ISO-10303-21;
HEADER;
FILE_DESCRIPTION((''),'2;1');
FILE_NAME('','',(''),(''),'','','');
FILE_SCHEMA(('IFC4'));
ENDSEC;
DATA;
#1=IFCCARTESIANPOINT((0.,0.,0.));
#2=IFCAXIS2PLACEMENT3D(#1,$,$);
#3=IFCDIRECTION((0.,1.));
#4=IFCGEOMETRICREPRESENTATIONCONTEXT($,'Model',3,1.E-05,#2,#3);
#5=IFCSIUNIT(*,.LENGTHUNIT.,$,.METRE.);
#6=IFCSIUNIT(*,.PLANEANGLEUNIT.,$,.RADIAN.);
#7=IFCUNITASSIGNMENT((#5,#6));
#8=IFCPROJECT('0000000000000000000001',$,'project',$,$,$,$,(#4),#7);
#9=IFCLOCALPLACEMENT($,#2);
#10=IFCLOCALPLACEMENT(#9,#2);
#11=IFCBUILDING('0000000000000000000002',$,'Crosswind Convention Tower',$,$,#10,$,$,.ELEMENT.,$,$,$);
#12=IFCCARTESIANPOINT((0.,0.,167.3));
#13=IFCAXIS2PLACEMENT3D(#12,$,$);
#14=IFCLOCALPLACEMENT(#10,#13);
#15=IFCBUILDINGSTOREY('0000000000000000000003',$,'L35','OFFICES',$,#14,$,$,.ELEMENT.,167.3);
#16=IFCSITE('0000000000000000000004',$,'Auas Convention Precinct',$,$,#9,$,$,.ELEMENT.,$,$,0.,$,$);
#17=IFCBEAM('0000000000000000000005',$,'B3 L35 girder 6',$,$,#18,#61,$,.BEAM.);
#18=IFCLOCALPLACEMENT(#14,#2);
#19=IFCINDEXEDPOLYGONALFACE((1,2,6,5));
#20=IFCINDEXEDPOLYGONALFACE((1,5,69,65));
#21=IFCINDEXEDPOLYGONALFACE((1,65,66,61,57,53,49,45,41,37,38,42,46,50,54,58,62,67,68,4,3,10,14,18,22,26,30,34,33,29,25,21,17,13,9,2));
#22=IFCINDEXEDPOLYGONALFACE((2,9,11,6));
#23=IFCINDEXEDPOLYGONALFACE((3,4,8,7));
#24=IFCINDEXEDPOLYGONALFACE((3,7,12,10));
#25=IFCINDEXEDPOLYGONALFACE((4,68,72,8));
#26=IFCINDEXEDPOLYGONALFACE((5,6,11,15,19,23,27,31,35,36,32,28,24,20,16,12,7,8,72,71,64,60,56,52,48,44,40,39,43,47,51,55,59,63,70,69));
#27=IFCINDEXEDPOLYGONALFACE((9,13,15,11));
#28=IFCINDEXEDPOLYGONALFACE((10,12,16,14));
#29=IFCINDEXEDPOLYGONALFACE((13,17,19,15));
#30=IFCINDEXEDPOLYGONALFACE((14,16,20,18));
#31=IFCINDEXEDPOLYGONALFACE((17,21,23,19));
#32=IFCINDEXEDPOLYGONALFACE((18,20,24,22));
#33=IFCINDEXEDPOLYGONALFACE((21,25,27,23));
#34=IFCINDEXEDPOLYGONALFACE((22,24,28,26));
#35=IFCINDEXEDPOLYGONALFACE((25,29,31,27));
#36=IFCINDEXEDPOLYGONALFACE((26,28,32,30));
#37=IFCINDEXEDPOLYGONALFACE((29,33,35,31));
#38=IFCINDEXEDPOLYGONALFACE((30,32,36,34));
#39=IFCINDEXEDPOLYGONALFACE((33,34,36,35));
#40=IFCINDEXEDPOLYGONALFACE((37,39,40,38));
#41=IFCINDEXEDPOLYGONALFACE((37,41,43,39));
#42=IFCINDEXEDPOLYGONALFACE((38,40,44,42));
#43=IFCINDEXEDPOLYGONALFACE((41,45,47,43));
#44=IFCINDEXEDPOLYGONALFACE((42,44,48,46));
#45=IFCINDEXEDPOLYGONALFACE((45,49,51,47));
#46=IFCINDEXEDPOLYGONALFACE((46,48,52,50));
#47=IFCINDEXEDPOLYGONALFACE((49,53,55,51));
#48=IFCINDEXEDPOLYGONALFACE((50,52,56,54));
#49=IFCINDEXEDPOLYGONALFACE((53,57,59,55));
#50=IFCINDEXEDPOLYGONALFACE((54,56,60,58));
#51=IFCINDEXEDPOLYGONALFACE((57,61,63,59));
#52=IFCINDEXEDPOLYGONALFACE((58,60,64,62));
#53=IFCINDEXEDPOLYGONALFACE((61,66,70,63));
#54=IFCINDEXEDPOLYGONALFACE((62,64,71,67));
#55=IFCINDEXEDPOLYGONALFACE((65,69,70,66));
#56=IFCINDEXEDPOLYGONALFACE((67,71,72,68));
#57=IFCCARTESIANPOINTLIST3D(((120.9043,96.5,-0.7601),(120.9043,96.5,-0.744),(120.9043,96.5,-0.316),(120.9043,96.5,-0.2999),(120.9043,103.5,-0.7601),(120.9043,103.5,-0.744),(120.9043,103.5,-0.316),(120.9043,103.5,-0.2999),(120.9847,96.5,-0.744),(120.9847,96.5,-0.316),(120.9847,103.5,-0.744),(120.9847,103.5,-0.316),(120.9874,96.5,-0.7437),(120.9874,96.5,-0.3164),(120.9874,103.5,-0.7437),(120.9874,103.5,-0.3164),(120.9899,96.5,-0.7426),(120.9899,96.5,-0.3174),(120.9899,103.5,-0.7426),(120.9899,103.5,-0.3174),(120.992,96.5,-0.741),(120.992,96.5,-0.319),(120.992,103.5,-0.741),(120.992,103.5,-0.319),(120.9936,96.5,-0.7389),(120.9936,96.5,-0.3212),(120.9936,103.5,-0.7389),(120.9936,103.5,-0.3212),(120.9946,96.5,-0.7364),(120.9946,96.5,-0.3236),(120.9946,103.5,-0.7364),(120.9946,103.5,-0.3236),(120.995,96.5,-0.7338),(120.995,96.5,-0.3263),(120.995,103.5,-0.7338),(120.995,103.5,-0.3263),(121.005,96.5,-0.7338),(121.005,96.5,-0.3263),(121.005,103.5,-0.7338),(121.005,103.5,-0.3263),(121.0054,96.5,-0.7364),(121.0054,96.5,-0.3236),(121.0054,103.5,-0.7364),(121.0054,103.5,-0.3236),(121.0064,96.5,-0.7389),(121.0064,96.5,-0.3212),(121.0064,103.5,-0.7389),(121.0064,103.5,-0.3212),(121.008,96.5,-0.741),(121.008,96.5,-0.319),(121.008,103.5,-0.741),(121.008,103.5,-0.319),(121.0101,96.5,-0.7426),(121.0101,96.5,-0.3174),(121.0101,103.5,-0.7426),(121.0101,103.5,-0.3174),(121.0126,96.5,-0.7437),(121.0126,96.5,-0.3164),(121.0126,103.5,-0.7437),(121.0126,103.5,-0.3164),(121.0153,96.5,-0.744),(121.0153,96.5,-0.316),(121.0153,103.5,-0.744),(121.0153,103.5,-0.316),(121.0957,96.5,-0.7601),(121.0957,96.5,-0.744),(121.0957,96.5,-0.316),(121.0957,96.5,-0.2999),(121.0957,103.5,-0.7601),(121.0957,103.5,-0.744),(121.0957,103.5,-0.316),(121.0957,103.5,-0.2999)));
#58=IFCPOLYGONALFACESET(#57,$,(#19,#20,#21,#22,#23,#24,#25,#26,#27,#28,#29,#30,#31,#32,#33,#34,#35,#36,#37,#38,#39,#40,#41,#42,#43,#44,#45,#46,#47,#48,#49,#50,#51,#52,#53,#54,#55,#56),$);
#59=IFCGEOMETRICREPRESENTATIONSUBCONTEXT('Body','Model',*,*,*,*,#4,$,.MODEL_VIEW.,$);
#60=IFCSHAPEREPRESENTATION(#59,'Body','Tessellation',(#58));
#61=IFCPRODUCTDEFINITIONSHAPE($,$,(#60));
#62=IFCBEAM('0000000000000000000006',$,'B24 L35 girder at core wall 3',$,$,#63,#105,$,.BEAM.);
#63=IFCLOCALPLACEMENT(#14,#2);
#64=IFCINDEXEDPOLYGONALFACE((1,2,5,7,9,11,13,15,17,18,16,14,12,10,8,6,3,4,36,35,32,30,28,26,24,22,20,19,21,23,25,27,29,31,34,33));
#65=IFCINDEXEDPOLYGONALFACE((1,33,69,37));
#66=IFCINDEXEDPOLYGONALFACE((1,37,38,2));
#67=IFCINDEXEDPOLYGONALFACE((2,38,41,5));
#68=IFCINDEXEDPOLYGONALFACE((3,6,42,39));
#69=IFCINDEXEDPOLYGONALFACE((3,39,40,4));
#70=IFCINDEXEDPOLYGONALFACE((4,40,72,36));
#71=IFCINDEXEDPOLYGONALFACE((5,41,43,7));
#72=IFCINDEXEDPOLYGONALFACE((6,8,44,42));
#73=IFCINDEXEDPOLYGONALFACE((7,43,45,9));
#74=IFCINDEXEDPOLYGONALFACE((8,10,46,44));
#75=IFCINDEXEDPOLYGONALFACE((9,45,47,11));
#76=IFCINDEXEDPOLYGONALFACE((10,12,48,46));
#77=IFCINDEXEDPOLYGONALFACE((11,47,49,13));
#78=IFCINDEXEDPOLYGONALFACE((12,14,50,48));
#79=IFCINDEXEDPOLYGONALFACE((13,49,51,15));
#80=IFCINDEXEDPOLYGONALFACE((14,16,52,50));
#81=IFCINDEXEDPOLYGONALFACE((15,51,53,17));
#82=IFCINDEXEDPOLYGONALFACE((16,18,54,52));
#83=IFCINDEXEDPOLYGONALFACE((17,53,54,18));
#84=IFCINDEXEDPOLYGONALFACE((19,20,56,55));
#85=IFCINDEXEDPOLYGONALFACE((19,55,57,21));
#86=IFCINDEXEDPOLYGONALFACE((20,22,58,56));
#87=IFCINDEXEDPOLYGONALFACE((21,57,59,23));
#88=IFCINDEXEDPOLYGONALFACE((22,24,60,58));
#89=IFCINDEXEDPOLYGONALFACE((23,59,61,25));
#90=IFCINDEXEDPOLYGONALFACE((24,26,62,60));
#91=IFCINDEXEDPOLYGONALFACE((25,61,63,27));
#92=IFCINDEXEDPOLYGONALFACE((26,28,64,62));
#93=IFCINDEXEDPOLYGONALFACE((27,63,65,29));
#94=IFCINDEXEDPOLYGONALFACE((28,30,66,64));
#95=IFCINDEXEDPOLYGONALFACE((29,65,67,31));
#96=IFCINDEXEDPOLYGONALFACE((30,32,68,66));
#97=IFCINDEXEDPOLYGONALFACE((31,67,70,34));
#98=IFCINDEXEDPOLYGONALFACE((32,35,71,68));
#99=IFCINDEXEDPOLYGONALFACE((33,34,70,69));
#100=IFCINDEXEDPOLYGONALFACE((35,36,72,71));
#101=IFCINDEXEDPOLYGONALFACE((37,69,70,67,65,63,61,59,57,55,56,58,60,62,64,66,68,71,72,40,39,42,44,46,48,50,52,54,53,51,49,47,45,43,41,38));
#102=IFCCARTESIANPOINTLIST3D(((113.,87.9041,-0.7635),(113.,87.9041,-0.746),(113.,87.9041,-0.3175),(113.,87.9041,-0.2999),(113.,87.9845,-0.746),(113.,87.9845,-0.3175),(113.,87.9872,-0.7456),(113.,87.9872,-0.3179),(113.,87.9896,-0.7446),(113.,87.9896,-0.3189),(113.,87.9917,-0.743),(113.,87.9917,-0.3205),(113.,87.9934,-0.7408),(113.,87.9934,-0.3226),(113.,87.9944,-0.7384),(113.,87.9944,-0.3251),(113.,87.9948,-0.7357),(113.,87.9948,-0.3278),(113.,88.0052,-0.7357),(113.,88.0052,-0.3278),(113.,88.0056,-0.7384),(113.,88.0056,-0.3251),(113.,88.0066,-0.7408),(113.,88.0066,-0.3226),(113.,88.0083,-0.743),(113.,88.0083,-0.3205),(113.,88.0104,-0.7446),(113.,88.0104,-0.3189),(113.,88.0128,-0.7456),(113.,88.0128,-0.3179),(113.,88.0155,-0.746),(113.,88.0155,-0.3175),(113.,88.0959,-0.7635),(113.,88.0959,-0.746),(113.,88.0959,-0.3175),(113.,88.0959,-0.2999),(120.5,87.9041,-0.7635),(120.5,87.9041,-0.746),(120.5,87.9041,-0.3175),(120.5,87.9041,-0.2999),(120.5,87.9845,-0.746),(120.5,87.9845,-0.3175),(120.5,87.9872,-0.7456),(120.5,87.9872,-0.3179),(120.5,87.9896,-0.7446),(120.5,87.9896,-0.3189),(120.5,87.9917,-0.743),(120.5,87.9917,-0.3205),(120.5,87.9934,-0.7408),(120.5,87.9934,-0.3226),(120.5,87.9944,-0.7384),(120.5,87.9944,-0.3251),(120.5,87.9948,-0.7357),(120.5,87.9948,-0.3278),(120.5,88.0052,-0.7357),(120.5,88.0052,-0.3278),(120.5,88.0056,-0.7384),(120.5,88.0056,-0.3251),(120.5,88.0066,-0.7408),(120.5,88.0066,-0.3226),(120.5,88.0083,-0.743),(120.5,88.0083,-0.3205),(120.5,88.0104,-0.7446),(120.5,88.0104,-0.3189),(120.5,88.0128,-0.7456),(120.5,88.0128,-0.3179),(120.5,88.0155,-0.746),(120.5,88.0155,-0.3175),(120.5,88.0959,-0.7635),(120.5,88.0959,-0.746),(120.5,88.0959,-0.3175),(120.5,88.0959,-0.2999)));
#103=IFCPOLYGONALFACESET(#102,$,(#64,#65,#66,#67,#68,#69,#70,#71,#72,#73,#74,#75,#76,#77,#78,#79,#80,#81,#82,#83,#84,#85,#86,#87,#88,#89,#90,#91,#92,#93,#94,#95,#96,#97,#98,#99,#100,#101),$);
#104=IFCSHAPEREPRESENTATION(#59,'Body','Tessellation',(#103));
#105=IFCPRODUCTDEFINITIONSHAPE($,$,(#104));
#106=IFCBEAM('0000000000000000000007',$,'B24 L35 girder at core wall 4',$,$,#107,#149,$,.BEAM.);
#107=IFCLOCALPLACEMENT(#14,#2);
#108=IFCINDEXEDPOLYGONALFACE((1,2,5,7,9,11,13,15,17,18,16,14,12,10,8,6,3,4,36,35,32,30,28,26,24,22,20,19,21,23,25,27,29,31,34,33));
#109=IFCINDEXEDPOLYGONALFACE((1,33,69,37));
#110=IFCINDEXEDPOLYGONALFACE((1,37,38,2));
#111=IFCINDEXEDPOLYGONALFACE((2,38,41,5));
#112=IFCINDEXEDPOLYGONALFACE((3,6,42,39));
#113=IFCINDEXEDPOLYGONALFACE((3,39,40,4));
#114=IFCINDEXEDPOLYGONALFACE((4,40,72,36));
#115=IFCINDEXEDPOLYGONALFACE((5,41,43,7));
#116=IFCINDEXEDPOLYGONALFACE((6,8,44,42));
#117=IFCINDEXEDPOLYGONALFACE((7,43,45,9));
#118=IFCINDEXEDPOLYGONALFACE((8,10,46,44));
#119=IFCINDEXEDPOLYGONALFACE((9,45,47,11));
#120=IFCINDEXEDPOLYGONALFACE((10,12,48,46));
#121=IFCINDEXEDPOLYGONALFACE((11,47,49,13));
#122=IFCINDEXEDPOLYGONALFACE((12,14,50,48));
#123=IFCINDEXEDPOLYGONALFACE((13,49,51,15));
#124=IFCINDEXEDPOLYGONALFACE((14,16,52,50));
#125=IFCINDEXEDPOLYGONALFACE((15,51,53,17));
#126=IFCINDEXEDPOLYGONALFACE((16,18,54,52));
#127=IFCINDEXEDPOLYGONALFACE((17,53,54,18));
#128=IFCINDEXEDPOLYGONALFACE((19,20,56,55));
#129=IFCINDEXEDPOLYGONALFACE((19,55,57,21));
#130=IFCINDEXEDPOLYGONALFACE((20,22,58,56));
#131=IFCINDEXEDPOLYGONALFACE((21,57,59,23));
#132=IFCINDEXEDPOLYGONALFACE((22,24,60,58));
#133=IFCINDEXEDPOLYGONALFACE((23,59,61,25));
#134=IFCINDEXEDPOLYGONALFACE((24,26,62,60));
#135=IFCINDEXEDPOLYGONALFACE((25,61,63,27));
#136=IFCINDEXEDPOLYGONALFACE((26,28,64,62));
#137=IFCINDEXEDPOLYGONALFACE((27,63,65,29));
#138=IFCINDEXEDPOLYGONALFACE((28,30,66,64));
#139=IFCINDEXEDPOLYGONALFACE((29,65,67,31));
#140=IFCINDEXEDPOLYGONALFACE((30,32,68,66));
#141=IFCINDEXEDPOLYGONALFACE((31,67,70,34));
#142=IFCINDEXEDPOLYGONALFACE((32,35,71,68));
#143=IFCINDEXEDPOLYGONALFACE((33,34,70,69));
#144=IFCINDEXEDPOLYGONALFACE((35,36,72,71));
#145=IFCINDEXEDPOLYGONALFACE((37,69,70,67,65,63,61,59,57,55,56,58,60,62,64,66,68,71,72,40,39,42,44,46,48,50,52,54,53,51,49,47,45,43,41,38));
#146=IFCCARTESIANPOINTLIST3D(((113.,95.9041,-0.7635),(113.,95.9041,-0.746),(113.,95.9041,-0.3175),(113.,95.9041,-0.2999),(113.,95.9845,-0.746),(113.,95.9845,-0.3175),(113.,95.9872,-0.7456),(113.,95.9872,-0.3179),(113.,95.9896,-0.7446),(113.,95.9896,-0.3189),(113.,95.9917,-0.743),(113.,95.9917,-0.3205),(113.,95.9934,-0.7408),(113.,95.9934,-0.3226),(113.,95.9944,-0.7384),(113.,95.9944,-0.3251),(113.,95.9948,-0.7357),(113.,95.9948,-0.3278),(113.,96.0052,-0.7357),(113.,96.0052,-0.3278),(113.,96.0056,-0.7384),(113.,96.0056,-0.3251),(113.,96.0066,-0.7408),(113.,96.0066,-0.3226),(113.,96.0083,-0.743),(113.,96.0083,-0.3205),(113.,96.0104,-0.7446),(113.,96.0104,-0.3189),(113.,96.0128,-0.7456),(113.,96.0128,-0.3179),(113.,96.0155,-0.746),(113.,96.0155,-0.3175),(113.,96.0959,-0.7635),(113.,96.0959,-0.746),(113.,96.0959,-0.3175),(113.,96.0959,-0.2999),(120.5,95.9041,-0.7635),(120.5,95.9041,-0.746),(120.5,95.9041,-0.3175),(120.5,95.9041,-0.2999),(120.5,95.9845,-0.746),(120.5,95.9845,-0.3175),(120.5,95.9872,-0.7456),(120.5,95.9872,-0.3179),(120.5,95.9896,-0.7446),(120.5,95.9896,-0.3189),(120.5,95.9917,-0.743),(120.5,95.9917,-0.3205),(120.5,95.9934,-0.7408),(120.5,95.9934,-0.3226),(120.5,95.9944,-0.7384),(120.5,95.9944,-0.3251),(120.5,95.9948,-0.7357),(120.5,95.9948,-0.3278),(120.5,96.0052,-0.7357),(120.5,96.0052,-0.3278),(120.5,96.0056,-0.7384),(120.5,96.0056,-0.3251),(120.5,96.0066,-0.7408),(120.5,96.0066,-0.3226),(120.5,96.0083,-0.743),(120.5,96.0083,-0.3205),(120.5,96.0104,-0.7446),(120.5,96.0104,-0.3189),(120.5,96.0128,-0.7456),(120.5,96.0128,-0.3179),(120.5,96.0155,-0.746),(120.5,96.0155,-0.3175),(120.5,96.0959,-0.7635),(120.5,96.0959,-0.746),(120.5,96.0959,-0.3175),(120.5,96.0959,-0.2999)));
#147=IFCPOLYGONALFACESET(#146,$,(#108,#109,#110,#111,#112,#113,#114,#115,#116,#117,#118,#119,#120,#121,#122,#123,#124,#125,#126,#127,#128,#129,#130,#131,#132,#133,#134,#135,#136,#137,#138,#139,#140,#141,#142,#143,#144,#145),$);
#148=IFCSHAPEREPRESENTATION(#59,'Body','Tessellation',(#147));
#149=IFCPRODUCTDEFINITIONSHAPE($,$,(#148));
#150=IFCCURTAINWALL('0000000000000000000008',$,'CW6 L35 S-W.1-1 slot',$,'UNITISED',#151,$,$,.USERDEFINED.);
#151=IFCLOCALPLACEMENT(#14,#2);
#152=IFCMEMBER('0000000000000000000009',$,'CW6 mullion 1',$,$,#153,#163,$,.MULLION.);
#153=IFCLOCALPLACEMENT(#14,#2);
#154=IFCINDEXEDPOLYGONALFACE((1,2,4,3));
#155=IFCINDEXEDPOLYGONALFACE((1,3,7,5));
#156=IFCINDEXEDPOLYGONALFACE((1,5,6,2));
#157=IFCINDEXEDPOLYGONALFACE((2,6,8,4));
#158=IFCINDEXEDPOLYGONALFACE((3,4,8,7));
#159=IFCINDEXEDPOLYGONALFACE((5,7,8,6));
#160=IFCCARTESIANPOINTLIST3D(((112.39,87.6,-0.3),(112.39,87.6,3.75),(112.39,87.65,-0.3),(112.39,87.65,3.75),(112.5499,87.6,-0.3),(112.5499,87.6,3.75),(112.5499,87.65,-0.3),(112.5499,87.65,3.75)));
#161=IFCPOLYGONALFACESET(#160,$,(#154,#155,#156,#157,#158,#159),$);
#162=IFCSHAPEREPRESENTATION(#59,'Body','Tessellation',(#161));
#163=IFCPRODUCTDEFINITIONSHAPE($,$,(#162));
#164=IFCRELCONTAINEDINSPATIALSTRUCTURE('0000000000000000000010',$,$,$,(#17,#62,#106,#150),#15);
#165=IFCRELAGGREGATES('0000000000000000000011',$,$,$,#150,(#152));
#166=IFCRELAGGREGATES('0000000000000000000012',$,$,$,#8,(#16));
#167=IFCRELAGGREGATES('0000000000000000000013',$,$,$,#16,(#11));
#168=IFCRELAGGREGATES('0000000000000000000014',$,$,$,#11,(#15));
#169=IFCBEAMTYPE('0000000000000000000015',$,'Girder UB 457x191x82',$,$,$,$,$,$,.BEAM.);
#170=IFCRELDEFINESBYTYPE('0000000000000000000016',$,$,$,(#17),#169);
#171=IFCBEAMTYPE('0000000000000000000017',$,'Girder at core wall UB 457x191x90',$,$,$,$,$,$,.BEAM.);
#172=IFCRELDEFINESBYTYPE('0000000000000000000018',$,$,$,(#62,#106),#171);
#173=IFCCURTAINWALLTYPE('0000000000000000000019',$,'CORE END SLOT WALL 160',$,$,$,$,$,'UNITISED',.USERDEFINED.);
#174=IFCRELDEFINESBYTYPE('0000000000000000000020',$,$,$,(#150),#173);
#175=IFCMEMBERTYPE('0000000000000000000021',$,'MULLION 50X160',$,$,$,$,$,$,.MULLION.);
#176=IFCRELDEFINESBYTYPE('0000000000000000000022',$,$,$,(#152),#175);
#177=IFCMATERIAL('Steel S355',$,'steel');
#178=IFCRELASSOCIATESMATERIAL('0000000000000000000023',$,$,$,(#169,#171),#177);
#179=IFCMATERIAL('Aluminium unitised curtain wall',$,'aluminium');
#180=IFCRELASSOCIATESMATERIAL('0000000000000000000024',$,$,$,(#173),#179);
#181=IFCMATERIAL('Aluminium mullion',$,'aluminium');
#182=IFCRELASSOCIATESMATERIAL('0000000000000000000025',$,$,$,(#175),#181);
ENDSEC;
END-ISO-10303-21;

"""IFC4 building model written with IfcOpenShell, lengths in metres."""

from ifc_helpers import new_model, si_unit, direction, frame, origin, origin_2d, place, context, subcontext, project, spatial, rectangle, i_section, extrude, material, material_profile, profile_set, type_object, element, aggregate, save


model = new_model("IFC4")

# Units and contexts
model_context = context("Model", 3, precision=1e-05, world=origin(), true_north=direction((0.0, 1.0)))
body_context = subcontext(model_context, "Body", "Model", "MODEL_VIEW")
ifc_project = project(units=[si_unit("LENGTHUNIT", "METRE"), si_unit("PLANEANGLEUNIT", "RADIAN")], contexts=[model_context])

# Site, building, storey
site_placement = place(None, origin())
site = spatial("IfcSite", under=ifc_project, at=site_placement, Name="Auas Convention Precinct", CompositionType="ELEMENT", RefElevation=0.0)
building_placement = place(site_placement, origin())
building = spatial("IfcBuilding", under=site, at=building_placement, Name="Crosswind Convention Tower", CompositionType="ELEMENT")
storey_placement = place(building_placement, frame((0.0, 0.0, 167.3)))
storey = spatial("IfcBuildingStorey", under=building, at=storey_placement, Name="L35", Description="OFFICES", CompositionType="ELEMENT", Elevation=167.3)

# Beams
ifc_material_1 = material(Name="Steel S355", Category="steel")
ifc_material_profile_1 = material_profile(ifc_material_1, i_section(OverallWidth=0.1914, OverallDepth=0.4602, WebThickness=0.01, FlangeThickness=0.0161, FilletRadius=0.0103, at=origin_2d()), Name="UB 457x191x82")
ifc_profile_set_1 = profile_set([ifc_material_profile_1], Name="Steel S355")
beam_type_1 = type_object("IfcBeamType", Name="Girder UB 457x191x82", PredefinedType="BEAM", material=ifc_profile_set_1)
for number, where, z_axis, x_axis, name in (
    (1, (121.0, 96.5, -0.53), (0.0, 1.0, 0.0), (-1.0, 0.0, 0.0), "B3 L35 girder 6"),
):
    element("IfcBeam", number, at=place(storey_placement, frame(where, z_axis=z_axis, x_axis=x_axis)), inside=storey, type_object=beam_type_1, Name=name, PredefinedType="BEAM", context=body_context, shape_type="SweptSolid", body=[
        extrude(i_section(OverallWidth=0.1914, OverallDepth=0.4602, WebThickness=0.01, FlangeThickness=0.0161, FilletRadius=0.0103, at=origin_2d()), origin(), (0.0, 0.0, 1.0), 7.0),
    ])
ifc_material_profile_2 = material_profile(ifc_material_1, i_section(OverallWidth=0.1919, OverallDepth=0.4636, WebThickness=0.0105, FlangeThickness=0.0176, FilletRadius=0.0103, at=origin_2d()), Name="UB 457x191x90")
ifc_profile_set_2 = profile_set([ifc_material_profile_2], Name="Steel S355")
beam_type_2 = type_object("IfcBeamType", Name="Girder at core wall UB 457x191x90", PredefinedType="BEAM", material=ifc_profile_set_2)
for number, where, z_axis, x_axis, name in (
    (2, (113.0, 88.0, -0.5317), (1.0, 0.0, 0.0), (0.0, 1.0, 0.0), "B24 L35 girder at core wall 3"),
    (3, (113.0, 96.0, -0.5317), (1.0, 0.0, 0.0), (0.0, 1.0, 0.0), "B24 L35 girder at core wall 4"),
):
    element("IfcBeam", number, at=place(storey_placement, frame(where, z_axis=z_axis, x_axis=x_axis)), inside=storey, type_object=beam_type_2, Name=name, PredefinedType="BEAM", context=body_context, shape_type="SweptSolid", body=[
        extrude(i_section(OverallWidth=0.1919, OverallDepth=0.4636, WebThickness=0.0105, FlangeThickness=0.0176, FilletRadius=0.0103, at=origin_2d()), origin(), (0.0, 0.0, 1.0), 7.5),
    ])

# Curtain wall, member
ifc_material_2 = material(Name="Aluminium unitised curtain wall", Category="aluminium")
curtain_wall_type = type_object("IfcCurtainWallType", Name="CORE END SLOT WALL 160", ElementType="UNITISED", PredefinedType="USERDEFINED", material=ifc_material_2)
curtain_wall_placement = place(storey_placement, origin())
curtain_wall = element("IfcCurtainWall", 4, at=curtain_wall_placement, inside=storey, type_object=curtain_wall_type, Name="CW6 L35 S-W.1-1 slot", ObjectType="UNITISED", PredefinedType="USERDEFINED")
ifc_material_3 = material(Name="Aluminium mullion", Category="aluminium")
ifc_material_profile_3 = material_profile(ifc_material_3, rectangle(XDim=0.1599, YDim=0.05, at=origin_2d()), Name="AL 160X50")
ifc_profile_set_3 = profile_set([ifc_material_profile_3], Name="Aluminium mullion")
member_type_1 = type_object("IfcMemberType", Name="MULLION 50X160", PredefinedType="MULLION", material=ifc_profile_set_3)
member_1_placement = place(storey_placement, frame((112.47, 87.625, -0.3), z_axis=(0.0, 0.0, 1.0), x_axis=(-1.0, 0.0, 0.0)))
member_1 = element("IfcMember", 5, at=member_1_placement, type_object=member_type_1, Name="CW6 mullion 1", PredefinedType="MULLION", context=body_context, shape_type="SweptSolid", body=[
    extrude(rectangle(XDim=0.1599, YDim=0.05, at=origin_2d()), origin(), (0.0, 0.0, 1.0), 4.05),
])

aggregate(curtain_wall, [member_1])

save(model, "model.ifc")
